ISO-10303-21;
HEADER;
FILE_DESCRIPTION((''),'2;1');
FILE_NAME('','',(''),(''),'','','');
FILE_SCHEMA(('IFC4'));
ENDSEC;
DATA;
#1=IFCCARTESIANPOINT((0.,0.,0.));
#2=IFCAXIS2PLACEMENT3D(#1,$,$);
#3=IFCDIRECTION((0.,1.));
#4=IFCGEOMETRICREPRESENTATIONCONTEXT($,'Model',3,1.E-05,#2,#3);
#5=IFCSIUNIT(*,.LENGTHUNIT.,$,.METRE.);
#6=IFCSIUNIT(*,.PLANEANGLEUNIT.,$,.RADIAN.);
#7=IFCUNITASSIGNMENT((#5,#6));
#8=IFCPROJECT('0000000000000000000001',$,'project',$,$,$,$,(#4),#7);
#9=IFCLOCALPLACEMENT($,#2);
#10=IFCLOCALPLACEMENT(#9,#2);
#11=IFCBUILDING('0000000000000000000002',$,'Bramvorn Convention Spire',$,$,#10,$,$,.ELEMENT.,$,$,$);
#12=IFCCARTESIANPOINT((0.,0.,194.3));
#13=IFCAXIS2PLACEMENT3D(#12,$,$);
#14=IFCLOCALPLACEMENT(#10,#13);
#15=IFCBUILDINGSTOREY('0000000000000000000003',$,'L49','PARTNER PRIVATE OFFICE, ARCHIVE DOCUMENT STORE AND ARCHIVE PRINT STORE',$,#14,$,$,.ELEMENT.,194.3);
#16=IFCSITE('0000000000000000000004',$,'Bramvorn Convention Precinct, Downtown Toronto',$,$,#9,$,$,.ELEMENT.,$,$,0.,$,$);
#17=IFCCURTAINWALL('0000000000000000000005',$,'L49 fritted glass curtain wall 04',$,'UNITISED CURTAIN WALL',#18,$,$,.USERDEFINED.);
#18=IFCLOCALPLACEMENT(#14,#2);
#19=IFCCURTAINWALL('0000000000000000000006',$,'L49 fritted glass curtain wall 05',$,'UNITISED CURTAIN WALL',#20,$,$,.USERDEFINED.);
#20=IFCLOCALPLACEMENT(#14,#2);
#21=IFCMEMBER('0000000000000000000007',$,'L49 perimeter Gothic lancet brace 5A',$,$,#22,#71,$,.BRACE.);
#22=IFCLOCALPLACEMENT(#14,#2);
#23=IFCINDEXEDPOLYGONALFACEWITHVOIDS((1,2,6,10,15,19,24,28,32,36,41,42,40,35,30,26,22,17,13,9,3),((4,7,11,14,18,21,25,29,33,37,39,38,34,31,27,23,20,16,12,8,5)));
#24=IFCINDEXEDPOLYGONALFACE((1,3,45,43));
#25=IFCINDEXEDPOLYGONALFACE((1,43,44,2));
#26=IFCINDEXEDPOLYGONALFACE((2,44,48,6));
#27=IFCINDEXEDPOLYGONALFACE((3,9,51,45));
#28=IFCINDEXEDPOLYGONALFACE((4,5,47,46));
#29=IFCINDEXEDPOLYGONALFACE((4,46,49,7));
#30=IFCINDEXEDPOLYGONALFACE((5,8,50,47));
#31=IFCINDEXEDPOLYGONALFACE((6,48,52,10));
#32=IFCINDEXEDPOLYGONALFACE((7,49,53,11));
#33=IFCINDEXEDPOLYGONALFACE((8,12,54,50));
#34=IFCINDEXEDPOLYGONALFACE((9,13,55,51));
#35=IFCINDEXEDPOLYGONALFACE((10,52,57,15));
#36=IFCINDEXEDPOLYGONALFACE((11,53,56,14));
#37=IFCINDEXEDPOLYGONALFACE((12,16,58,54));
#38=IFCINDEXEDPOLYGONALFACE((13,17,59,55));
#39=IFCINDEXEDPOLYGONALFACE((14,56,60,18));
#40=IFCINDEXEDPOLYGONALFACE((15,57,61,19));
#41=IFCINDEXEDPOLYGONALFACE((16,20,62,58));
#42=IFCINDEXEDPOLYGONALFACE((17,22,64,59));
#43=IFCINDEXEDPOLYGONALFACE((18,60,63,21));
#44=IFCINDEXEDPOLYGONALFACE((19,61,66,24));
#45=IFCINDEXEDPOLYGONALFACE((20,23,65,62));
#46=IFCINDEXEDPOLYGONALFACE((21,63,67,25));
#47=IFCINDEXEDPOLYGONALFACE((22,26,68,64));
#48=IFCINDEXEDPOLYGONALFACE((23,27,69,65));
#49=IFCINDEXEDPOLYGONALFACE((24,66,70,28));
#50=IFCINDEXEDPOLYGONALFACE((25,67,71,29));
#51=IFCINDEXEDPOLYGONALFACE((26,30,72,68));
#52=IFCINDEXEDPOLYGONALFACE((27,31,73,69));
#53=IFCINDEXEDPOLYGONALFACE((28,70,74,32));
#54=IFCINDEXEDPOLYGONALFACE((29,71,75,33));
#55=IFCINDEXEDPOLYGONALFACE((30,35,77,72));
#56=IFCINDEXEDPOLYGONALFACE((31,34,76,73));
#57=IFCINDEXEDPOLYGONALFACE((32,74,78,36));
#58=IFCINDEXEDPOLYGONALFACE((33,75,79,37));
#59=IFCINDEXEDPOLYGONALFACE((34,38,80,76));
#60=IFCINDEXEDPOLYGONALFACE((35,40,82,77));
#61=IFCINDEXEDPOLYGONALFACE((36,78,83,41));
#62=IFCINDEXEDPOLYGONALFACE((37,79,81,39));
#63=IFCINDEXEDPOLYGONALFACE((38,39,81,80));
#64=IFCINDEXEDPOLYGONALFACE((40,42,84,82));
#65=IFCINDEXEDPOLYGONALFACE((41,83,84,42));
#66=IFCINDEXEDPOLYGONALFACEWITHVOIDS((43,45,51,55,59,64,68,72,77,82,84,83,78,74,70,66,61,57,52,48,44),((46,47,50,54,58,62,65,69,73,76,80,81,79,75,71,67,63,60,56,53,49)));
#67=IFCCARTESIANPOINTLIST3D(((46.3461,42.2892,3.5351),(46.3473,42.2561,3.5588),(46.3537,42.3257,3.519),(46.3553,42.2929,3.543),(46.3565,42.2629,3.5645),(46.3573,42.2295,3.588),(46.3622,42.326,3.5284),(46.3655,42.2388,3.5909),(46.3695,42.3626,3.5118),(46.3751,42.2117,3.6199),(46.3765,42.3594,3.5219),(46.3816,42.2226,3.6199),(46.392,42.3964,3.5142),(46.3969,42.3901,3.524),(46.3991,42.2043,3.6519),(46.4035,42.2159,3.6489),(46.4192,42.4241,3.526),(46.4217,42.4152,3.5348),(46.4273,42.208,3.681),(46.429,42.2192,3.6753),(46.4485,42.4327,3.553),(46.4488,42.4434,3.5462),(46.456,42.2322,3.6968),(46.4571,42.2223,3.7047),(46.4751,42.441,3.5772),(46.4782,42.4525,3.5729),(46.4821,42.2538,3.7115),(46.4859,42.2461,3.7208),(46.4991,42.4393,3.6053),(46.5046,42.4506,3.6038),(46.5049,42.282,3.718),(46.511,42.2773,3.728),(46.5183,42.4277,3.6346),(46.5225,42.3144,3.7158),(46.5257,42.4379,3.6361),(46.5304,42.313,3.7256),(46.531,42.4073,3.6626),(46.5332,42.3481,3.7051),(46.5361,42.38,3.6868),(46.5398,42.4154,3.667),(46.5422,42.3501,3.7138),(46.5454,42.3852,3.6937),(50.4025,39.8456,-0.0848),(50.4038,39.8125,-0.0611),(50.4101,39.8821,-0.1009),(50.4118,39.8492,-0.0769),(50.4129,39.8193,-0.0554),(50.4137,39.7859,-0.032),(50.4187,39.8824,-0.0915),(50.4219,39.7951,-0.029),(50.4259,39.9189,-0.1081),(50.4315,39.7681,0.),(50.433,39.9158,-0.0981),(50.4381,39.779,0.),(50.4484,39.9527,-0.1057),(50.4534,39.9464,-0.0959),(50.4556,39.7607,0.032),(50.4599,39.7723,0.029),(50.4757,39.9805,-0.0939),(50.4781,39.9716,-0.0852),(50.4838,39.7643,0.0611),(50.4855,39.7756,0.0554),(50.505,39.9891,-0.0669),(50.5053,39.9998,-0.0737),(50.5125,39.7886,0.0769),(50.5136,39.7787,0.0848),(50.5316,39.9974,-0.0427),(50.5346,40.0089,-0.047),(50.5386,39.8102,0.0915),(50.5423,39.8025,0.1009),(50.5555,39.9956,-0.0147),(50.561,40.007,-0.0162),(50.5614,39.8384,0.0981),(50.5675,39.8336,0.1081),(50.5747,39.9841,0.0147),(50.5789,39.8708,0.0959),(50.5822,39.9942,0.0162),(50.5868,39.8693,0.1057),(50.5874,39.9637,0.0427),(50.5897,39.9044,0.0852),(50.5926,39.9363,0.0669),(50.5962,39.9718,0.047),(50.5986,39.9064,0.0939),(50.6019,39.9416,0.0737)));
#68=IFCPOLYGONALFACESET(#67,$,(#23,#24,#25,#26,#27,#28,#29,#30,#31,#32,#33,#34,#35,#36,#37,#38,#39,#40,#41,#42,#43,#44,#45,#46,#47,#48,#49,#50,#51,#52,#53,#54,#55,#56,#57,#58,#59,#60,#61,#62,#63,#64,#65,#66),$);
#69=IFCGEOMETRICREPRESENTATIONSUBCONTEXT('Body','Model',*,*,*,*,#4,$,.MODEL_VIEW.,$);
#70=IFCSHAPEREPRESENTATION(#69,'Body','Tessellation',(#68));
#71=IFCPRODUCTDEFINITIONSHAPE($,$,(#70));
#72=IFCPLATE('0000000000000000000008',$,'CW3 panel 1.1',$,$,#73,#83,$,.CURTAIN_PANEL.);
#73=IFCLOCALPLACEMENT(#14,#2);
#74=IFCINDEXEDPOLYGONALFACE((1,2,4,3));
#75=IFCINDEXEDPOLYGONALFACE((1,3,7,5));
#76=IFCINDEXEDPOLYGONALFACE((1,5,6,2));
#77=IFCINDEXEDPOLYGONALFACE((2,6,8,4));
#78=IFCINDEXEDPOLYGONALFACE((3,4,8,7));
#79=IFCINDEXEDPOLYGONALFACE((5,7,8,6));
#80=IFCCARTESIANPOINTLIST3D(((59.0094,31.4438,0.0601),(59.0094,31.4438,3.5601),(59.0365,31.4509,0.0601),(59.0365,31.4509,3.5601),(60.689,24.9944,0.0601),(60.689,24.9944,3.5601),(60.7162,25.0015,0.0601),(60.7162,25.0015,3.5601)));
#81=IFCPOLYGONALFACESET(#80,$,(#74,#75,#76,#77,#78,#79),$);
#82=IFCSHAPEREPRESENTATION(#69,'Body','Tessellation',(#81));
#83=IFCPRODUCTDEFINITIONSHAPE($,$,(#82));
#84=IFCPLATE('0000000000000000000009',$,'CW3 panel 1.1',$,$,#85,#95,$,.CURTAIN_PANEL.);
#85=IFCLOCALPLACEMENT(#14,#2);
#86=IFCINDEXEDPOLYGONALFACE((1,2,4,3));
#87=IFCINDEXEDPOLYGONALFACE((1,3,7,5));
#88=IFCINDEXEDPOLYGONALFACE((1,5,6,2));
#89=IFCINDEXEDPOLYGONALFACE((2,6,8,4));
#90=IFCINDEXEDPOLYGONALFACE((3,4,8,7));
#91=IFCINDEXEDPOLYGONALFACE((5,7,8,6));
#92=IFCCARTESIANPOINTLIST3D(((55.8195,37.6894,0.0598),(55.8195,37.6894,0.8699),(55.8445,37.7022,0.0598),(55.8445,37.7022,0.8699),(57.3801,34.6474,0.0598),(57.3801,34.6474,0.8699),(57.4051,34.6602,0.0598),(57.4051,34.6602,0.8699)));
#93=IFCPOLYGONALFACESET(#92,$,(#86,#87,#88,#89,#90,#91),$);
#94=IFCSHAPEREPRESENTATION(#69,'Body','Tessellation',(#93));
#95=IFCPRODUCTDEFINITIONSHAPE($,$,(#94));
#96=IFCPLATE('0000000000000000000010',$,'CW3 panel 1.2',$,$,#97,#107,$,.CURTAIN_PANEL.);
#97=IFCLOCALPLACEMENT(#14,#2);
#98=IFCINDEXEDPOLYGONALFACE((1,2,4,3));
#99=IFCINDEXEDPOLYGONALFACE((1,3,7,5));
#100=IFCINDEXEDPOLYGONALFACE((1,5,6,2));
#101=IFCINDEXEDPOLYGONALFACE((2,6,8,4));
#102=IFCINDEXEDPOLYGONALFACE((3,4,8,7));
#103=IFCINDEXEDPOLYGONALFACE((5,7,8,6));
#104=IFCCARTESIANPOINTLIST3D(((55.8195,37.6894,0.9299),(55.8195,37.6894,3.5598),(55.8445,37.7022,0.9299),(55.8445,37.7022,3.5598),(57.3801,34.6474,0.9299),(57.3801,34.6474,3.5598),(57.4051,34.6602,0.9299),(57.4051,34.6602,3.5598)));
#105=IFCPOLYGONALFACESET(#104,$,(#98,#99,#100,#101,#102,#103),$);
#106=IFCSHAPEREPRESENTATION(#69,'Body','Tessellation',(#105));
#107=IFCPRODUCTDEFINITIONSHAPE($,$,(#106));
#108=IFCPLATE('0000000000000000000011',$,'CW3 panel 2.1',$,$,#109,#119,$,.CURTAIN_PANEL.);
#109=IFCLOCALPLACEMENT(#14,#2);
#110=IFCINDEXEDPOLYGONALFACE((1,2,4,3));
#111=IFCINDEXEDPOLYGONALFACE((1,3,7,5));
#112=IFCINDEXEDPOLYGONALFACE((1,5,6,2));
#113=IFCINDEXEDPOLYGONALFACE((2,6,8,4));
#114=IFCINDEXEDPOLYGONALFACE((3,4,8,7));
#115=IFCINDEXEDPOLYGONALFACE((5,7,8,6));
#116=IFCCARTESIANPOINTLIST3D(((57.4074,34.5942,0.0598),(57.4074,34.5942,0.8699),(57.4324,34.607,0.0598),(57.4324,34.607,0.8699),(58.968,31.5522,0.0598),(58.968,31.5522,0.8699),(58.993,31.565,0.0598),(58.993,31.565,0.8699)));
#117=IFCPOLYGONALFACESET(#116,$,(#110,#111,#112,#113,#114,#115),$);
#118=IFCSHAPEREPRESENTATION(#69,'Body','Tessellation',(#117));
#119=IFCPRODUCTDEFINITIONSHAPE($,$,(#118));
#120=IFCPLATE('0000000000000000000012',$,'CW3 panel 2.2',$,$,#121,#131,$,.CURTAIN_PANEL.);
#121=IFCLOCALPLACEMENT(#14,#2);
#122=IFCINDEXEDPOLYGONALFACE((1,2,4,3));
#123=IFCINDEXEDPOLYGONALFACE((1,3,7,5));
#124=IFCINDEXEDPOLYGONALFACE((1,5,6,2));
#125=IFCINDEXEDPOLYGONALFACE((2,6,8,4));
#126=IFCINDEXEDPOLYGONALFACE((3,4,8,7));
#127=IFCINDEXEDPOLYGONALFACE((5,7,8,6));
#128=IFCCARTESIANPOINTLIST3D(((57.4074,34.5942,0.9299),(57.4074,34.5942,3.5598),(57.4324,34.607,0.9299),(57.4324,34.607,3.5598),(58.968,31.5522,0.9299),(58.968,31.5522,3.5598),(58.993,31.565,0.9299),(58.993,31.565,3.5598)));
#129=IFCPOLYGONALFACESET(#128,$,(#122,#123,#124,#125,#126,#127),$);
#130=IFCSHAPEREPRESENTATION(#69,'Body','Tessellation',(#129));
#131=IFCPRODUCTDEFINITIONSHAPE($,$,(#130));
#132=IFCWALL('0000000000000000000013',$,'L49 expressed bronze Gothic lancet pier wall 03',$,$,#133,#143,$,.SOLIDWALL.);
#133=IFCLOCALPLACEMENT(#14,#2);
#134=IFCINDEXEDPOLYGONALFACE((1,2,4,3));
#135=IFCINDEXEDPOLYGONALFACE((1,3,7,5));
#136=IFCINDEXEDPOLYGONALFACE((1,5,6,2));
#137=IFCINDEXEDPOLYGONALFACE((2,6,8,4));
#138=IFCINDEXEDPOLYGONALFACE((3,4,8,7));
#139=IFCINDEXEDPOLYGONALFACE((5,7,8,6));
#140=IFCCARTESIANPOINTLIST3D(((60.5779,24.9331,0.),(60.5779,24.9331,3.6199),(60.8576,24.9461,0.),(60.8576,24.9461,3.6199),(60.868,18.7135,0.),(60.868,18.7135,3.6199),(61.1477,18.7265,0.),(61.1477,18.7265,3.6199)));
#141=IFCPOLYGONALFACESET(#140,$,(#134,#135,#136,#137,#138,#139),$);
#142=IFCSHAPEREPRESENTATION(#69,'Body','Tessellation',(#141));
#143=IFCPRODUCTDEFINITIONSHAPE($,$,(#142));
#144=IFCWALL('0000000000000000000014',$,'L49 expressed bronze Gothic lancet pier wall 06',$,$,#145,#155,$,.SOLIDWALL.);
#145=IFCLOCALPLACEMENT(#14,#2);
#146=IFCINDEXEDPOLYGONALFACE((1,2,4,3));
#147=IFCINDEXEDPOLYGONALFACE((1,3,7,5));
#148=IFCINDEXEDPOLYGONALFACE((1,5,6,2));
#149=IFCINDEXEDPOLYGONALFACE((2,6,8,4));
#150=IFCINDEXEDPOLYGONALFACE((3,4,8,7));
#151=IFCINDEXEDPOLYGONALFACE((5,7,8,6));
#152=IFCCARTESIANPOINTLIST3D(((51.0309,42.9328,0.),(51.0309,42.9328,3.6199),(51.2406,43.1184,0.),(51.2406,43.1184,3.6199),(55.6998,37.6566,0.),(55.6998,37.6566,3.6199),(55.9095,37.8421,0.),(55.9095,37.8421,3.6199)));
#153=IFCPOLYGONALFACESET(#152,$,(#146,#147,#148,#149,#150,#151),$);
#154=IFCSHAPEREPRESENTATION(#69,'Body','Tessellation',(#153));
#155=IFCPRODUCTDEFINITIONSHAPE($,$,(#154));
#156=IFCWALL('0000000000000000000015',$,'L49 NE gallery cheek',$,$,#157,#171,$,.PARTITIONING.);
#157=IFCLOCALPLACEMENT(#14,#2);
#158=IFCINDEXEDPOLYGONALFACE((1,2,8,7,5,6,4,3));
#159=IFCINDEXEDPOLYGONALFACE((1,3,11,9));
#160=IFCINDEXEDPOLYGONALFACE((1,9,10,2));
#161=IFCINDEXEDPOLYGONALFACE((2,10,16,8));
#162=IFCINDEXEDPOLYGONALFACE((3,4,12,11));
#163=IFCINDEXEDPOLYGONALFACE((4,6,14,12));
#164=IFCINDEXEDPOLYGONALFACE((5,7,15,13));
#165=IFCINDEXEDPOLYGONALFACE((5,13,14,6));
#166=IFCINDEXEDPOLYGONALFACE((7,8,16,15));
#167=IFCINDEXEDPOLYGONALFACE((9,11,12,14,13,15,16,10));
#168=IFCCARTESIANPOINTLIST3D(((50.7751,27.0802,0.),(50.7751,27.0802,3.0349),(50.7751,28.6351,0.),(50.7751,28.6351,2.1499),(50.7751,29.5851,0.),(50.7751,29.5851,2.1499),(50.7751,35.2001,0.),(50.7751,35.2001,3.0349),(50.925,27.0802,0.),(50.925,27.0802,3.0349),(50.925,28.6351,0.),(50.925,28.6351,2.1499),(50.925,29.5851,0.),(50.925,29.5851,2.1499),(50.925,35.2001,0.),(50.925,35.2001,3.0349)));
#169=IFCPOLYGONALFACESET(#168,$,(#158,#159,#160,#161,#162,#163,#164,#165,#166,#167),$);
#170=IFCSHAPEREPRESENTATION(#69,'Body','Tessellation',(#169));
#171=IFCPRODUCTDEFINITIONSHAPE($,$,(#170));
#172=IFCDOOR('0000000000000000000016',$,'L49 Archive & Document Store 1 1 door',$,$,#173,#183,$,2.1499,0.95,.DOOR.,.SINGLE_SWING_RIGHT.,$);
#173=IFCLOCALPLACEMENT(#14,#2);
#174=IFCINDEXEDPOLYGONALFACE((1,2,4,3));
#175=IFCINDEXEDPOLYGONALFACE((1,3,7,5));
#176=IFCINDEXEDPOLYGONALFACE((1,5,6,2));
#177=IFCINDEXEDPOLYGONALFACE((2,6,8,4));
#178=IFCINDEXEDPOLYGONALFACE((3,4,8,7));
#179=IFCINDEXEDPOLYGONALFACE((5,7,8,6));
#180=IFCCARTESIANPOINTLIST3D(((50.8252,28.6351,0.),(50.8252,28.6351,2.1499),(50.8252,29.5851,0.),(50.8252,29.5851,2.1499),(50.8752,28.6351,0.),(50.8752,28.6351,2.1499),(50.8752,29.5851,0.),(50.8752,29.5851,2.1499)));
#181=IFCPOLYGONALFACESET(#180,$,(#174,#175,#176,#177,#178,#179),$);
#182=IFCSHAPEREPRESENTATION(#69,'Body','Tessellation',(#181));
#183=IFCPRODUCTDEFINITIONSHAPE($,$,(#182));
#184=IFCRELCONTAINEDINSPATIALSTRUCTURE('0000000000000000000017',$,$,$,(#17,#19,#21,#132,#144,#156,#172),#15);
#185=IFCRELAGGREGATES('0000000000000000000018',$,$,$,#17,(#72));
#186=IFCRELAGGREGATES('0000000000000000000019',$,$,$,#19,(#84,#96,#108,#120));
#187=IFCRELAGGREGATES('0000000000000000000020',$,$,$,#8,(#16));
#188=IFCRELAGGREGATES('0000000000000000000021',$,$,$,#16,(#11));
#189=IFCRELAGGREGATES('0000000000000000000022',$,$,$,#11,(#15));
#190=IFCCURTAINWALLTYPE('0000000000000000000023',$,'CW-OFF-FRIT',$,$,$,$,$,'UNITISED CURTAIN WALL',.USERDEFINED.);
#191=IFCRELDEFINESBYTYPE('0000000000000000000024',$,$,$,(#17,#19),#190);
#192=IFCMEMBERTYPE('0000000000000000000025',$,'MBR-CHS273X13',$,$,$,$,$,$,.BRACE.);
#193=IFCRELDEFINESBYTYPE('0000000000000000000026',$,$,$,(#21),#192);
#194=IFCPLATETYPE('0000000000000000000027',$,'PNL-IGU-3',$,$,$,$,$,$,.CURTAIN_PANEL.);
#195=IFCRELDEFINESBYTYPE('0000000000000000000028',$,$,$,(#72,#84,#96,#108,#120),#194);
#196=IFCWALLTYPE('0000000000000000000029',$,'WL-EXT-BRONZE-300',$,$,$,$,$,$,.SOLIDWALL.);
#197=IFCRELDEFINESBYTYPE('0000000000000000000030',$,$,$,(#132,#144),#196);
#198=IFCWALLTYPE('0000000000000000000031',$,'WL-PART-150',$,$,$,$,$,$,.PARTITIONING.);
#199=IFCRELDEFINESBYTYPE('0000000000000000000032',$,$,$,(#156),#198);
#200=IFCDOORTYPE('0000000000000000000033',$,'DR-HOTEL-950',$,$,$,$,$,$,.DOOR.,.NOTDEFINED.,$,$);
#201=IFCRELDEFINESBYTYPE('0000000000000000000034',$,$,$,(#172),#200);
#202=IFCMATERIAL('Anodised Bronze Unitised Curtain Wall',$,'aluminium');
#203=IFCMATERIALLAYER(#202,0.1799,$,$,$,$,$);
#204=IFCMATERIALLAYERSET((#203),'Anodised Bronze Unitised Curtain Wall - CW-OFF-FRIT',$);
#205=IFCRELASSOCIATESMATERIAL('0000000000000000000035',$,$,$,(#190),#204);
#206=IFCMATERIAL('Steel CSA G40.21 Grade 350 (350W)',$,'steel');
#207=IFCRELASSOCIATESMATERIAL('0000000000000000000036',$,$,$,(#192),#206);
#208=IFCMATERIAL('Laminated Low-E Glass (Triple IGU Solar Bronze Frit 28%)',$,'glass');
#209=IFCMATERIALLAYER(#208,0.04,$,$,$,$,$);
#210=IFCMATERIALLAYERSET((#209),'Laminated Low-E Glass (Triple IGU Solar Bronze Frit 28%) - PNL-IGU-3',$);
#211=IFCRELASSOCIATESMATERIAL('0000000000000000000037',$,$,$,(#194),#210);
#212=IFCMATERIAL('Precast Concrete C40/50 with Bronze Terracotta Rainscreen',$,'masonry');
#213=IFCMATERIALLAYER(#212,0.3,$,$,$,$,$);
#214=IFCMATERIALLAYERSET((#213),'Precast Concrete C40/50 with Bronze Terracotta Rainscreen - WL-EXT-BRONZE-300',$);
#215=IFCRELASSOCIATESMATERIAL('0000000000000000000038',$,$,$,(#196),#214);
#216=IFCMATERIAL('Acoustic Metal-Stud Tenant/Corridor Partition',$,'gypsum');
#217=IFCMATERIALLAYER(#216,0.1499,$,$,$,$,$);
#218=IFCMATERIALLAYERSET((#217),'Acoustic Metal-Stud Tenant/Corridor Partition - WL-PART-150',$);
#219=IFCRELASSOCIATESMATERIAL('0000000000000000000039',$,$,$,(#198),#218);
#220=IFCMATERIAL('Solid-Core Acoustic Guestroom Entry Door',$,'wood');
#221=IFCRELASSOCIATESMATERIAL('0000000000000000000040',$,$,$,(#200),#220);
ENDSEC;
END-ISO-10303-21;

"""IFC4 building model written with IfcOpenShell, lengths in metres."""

from ifc_helpers import new_model, si_unit, direction, frame, frame_2d, origin, origin_2d, place, context, subcontext, project, spatial, rectangle, hollow_circle, extrude, material, layer, layer_set, material_profile, profile_set, type_object, element, fill, aggregate, save


model = new_model("IFC4")

# Units and contexts
model_context = context("Model", 3, precision=1e-05, world=origin(), true_north=direction((0.0, 1.0)))
body_context = subcontext(model_context, "Body", "Model", "MODEL_VIEW")
ifc_project = project(units=[si_unit("LENGTHUNIT", "METRE"), si_unit("PLANEANGLEUNIT", "RADIAN")], contexts=[model_context])

# Site, building, storey
site_placement = place(None, origin())
site = spatial("IfcSite", under=ifc_project, at=site_placement, Name="Bramvorn Convention Precinct, Downtown Toronto", CompositionType="ELEMENT", RefElevation=0.0)
building_placement = place(site_placement, origin())
building = spatial("IfcBuilding", under=site, at=building_placement, Name="Bramvorn Convention Spire", CompositionType="ELEMENT")
storey_placement = place(building_placement, frame((0.0, 0.0, 194.3)))
storey = spatial("IfcBuildingStorey", under=building, at=storey_placement, Name="L49", Description="PARTNER PRIVATE OFFICE, ARCHIVE DOCUMENT STORE AND ARCHIVE PRINT STORE", CompositionType="ELEMENT", Elevation=194.3)

# Shared definitions
ifc_material_1 = material(Name="Steel CSA G40.21 Grade 350 (350W)", Category="steel")

# Curtain walls
ifc_material_2 = material(Name="Anodised Bronze Unitised Curtain Wall", Category="aluminium")
ifc_layer_1 = layer(ifc_material_2, 0.1799)
ifc_layer_set_1 = layer_set([ifc_layer_1], Name="Anodised Bronze Unitised Curtain Wall - CW-OFF-FRIT")
curtain_wall_type = type_object("IfcCurtainWallType", Name="CW-OFF-FRIT", ElementType="UNITISED CURTAIN WALL", PredefinedType="USERDEFINED", material=ifc_layer_set_1)
curtain_wall_1_placement = place(storey_placement, origin())
curtain_wall_1 = element("IfcCurtainWall", 1, at=curtain_wall_1_placement, inside=storey, type_object=curtain_wall_type, Name="L49 fritted glass curtain wall 04", ObjectType="UNITISED CURTAIN WALL", PredefinedType="USERDEFINED")
curtain_wall_2_placement = place(storey_placement, origin())
curtain_wall_2 = element("IfcCurtainWall", 2, at=curtain_wall_2_placement, inside=storey, type_object=curtain_wall_type, Name="L49 fritted glass curtain wall 05", ObjectType="UNITISED CURTAIN WALL", PredefinedType="USERDEFINED")

# Member
ifc_material_profile_1 = material_profile(ifc_material_1, hollow_circle(Radius=0.1365, WallThickness=0.0127, at=origin_2d()))
ifc_profile_set_1 = profile_set([ifc_material_profile_1], Name="Steel CSA G40.21 Grade 350 (350W) - CHS273X13")
member_type_1 = type_object("IfcMemberType", Name="MBR-CHS273X13", PredefinedType="BRACE", material=ifc_profile_set_1)
member_1_placement = place(storey_placement, frame((50.502, 39.885, 0.0), z_axis=(-0.680532, 0.409958, 0.607298), x_axis=(-0.516011, -0.856582, 0.0)))
element("IfcMember", 3, at=member_1_placement, inside=storey, type_object=member_type_1, Name="L49 perimeter Gothic lancet brace 5A", PredefinedType="BRACE", context=body_context, shape_type="SweptSolid", body=[
    extrude(hollow_circle(Radius=0.1365, WallThickness=0.0127, at=origin_2d()), origin(), (0.0, 0.0, 1.0), 5.9607),
])

# Plates
ifc_material_3 = material(Name="Laminated Low-E Glass (Triple IGU Solar Bronze Frit 28%)", Category="glass")
ifc_layer_2 = layer(ifc_material_3, 0.04)
ifc_layer_set_2 = layer_set([ifc_layer_2], Name="Laminated Low-E Glass (Triple IGU Solar Bronze Frit 28%) - PNL-IGU-3")
plate_type = type_object("IfcPlateType", Name="PNL-IGU-3", PredefinedType="CURTAIN_PANEL", material=ifc_layer_set_2)
plate_1_placement = place(storey_placement, frame((59.8628, 28.2227, 0.0601), z_axis=(0.0, 0.0, 1.0), x_axis=(0.25203, -0.967719, 0.0)))
plate_1 = element("IfcPlate", 4, at=plate_1_placement, type_object=plate_type, Name="CW3 panel 1.1", PredefinedType="CURTAIN_PANEL", context=body_context, shape_type="SweptSolid", body=[
    extrude(rectangle(XDim=6.6646, YDim=0.0281, at=origin_2d()), origin(), (0.0, 0.0, 1.0), 3.5),
])
aggregate(curtain_wall_1, [plate_1])
plate_2_placement = place(storey_placement, frame((56.6123, 36.1748, 0.0598), z_axis=(0.0, 0.0, 1.0), x_axis=(0.456463, -0.889742, 0.0)))
plate_2 = element("IfcPlate", 5, at=plate_2_placement, type_object=plate_type, Name="CW3 panel 1.1", PredefinedType="CURTAIN_PANEL", context=body_context, shape_type="SweptSolid", body=[
    extrude(rectangle(XDim=3.4189, YDim=0.0281, at=origin_2d()), origin(), (0.0, 0.0, 1.0), 0.8101),
])
plate_3_placement = place(storey_placement, frame((56.6123, 36.1748, 0.9299), z_axis=(0.0, 0.0, 1.0), x_axis=(0.456463, -0.889742, 0.0)))
plate_3 = element("IfcPlate", 6, at=plate_3_placement, type_object=plate_type, Name="CW3 panel 1.2", PredefinedType="CURTAIN_PANEL", context=body_context, shape_type="SweptSolid", body=[
    extrude(rectangle(XDim=3.4189, YDim=0.0281, at=origin_2d()), origin(), (0.0, 0.0, 1.0), 2.6299),
])
plate_4_placement = place(storey_placement, frame((58.2002, 33.0796, 0.0598), z_axis=(0.0, 0.0, 1.0), x_axis=(0.456463, -0.889742, 0.0)))
plate_4 = element("IfcPlate", 7, at=plate_4_placement, type_object=plate_type, Name="CW3 panel 2.1", PredefinedType="CURTAIN_PANEL", context=body_context, shape_type="SweptSolid", body=[
    extrude(rectangle(XDim=3.4189, YDim=0.0281, at=origin_2d()), origin(), (0.0, 0.0, 1.0), 0.8101),
])
plate_5_placement = place(storey_placement, frame((58.2002, 33.0796, 0.9299), z_axis=(0.0, 0.0, 1.0), x_axis=(0.456463, -0.889742, 0.0)))
plate_5 = element("IfcPlate", 8, at=plate_5_placement, type_object=plate_type, Name="CW3 panel 2.2", PredefinedType="CURTAIN_PANEL", context=body_context, shape_type="SweptSolid", body=[
    extrude(rectangle(XDim=3.4189, YDim=0.0281, at=origin_2d()), origin(), (0.0, 0.0, 1.0), 2.6299),
])
aggregate(curtain_wall_2, [plate_2, plate_3, plate_4, plate_5])

# Walls
ifc_material_4 = material(Name="Precast Concrete C40/50 with Bronze Terracotta Rainscreen", Category="masonry")
ifc_layer_3 = layer(ifc_material_4, 0.3)
ifc_layer_set_3 = layer_set([ifc_layer_3], Name="Precast Concrete C40/50 with Bronze Terracotta Rainscreen - WL-EXT-BRONZE-300")
wall_type_1 = type_object("IfcWallType", Name="WL-EXT-BRONZE-300", PredefinedType="SOLIDWALL", material=ifc_layer_set_3)
wall_1_placement = place(storey_placement, frame((60.7178, 24.9397, 0.0), z_axis=(0.0, 0.0, 1.0), x_axis=(0.046583, -0.998914, 0.0)))
element("IfcWall", 9, at=wall_1_placement, inside=storey, type_object=wall_type_1, Name="L49 expressed bronze Gothic lancet pier wall 03", PredefinedType="SOLIDWALL", context=body_context, shape_type="SweptSolid", body=[
    extrude(rectangle(XDim=6.2263, YDim=0.28, at=frame_2d((3.1133, 0.0))), origin(), (0.0, 0.0, 1.0), 3.6199),
])
wall_2_placement = place(storey_placement, frame((51.1357, 43.0256, 0.0), z_axis=(0.0, 0.0, 1.0), x_axis=(0.662685, -0.748899, 0.0)))
element("IfcWall", 10, at=wall_2_placement, inside=storey, type_object=wall_type_1, Name="L49 expressed bronze Gothic lancet pier wall 06", PredefinedType="SOLIDWALL", context=body_context, shape_type="SweptSolid", body=[
    extrude(rectangle(XDim=7.0454, YDim=0.28, at=frame_2d((3.5227, 0.0))), origin(), (0.0, 0.0, 1.0), 3.6199),
])

# Wall, opening, door
ifc_material_5 = material(Name="Acoustic Metal-Stud Tenant/Corridor Partition", Category="gypsum")
ifc_layer_4 = layer(ifc_material_5, 0.1499)
ifc_layer_set_4 = layer_set([ifc_layer_4], Name="Acoustic Metal-Stud Tenant/Corridor Partition - WL-PART-150")
wall_type_2 = type_object("IfcWallType", Name="WL-PART-150", PredefinedType="PARTITIONING", material=ifc_layer_set_4)
wall_3_placement = place(storey_placement, frame((50.8501, 27.0801, 0.0), z_axis=(0.0, 0.0, 1.0), x_axis=(0.0, 1.0, 0.0)))
wall_3 = element("IfcWall", 11, at=wall_3_placement, inside=storey, type_object=wall_type_2, Name="L49 NE gallery cheek", PredefinedType="PARTITIONING", context=body_context, shape_type="SweptSolid", body=[
    extrude(rectangle(XDim=8.1199, YDim=0.1499, at=frame_2d((4.0601, 0.0))), origin(), (0.0, 0.0, 1.0), 3.0349),
])
opening_placement = place(wall_3_placement, frame((1.5549, 0.0, 0.0)))
opening = element("IfcOpeningElement", 12, at=opening_placement, cuts=wall_3, PredefinedType="OPENING", context=body_context, shape_type="SweptSolid", body=[
    extrude(rectangle(XDim=0.95, YDim=2.1499, at=frame_2d((0.4751, 1.075))), frame((0.0, 0.085, 0.0), z_axis=(0.0, -1.0, 0.0), x_axis=(1.0, 0.0, 0.0)), (0.0, 0.0, 1.0), 0.1699),
])
ifc_material_6 = material(Name="Solid-Core Acoustic Guestroom Entry Door", Category="wood")
door_type = type_object("IfcDoorType", Name="DR-HOTEL-950", OperationType="NOTDEFINED", PredefinedType="DOOR", material=ifc_material_6)
door_placement = place(opening_placement, origin())
door = element("IfcDoor", 13, at=door_placement, inside=storey, type_object=door_type, Name="L49 Archive & Document Store 1 1 door", OperationType="SINGLE_SWING_RIGHT", OverallHeight=2.1499, OverallWidth=0.95, PredefinedType="DOOR", context=body_context, shape_type="SweptSolid", body=[
    extrude(rectangle(XDim=0.95, YDim=2.1499, at=frame_2d((0.4751, 1.075))), frame((0.0, 0.0249, 0.0), z_axis=(0.0, -1.0, 0.0), x_axis=(1.0, 0.0, 0.0)), (0.0, 0.0, 1.0), 0.05),
])
fill(opening, door)

save(model, "model.ifc")
